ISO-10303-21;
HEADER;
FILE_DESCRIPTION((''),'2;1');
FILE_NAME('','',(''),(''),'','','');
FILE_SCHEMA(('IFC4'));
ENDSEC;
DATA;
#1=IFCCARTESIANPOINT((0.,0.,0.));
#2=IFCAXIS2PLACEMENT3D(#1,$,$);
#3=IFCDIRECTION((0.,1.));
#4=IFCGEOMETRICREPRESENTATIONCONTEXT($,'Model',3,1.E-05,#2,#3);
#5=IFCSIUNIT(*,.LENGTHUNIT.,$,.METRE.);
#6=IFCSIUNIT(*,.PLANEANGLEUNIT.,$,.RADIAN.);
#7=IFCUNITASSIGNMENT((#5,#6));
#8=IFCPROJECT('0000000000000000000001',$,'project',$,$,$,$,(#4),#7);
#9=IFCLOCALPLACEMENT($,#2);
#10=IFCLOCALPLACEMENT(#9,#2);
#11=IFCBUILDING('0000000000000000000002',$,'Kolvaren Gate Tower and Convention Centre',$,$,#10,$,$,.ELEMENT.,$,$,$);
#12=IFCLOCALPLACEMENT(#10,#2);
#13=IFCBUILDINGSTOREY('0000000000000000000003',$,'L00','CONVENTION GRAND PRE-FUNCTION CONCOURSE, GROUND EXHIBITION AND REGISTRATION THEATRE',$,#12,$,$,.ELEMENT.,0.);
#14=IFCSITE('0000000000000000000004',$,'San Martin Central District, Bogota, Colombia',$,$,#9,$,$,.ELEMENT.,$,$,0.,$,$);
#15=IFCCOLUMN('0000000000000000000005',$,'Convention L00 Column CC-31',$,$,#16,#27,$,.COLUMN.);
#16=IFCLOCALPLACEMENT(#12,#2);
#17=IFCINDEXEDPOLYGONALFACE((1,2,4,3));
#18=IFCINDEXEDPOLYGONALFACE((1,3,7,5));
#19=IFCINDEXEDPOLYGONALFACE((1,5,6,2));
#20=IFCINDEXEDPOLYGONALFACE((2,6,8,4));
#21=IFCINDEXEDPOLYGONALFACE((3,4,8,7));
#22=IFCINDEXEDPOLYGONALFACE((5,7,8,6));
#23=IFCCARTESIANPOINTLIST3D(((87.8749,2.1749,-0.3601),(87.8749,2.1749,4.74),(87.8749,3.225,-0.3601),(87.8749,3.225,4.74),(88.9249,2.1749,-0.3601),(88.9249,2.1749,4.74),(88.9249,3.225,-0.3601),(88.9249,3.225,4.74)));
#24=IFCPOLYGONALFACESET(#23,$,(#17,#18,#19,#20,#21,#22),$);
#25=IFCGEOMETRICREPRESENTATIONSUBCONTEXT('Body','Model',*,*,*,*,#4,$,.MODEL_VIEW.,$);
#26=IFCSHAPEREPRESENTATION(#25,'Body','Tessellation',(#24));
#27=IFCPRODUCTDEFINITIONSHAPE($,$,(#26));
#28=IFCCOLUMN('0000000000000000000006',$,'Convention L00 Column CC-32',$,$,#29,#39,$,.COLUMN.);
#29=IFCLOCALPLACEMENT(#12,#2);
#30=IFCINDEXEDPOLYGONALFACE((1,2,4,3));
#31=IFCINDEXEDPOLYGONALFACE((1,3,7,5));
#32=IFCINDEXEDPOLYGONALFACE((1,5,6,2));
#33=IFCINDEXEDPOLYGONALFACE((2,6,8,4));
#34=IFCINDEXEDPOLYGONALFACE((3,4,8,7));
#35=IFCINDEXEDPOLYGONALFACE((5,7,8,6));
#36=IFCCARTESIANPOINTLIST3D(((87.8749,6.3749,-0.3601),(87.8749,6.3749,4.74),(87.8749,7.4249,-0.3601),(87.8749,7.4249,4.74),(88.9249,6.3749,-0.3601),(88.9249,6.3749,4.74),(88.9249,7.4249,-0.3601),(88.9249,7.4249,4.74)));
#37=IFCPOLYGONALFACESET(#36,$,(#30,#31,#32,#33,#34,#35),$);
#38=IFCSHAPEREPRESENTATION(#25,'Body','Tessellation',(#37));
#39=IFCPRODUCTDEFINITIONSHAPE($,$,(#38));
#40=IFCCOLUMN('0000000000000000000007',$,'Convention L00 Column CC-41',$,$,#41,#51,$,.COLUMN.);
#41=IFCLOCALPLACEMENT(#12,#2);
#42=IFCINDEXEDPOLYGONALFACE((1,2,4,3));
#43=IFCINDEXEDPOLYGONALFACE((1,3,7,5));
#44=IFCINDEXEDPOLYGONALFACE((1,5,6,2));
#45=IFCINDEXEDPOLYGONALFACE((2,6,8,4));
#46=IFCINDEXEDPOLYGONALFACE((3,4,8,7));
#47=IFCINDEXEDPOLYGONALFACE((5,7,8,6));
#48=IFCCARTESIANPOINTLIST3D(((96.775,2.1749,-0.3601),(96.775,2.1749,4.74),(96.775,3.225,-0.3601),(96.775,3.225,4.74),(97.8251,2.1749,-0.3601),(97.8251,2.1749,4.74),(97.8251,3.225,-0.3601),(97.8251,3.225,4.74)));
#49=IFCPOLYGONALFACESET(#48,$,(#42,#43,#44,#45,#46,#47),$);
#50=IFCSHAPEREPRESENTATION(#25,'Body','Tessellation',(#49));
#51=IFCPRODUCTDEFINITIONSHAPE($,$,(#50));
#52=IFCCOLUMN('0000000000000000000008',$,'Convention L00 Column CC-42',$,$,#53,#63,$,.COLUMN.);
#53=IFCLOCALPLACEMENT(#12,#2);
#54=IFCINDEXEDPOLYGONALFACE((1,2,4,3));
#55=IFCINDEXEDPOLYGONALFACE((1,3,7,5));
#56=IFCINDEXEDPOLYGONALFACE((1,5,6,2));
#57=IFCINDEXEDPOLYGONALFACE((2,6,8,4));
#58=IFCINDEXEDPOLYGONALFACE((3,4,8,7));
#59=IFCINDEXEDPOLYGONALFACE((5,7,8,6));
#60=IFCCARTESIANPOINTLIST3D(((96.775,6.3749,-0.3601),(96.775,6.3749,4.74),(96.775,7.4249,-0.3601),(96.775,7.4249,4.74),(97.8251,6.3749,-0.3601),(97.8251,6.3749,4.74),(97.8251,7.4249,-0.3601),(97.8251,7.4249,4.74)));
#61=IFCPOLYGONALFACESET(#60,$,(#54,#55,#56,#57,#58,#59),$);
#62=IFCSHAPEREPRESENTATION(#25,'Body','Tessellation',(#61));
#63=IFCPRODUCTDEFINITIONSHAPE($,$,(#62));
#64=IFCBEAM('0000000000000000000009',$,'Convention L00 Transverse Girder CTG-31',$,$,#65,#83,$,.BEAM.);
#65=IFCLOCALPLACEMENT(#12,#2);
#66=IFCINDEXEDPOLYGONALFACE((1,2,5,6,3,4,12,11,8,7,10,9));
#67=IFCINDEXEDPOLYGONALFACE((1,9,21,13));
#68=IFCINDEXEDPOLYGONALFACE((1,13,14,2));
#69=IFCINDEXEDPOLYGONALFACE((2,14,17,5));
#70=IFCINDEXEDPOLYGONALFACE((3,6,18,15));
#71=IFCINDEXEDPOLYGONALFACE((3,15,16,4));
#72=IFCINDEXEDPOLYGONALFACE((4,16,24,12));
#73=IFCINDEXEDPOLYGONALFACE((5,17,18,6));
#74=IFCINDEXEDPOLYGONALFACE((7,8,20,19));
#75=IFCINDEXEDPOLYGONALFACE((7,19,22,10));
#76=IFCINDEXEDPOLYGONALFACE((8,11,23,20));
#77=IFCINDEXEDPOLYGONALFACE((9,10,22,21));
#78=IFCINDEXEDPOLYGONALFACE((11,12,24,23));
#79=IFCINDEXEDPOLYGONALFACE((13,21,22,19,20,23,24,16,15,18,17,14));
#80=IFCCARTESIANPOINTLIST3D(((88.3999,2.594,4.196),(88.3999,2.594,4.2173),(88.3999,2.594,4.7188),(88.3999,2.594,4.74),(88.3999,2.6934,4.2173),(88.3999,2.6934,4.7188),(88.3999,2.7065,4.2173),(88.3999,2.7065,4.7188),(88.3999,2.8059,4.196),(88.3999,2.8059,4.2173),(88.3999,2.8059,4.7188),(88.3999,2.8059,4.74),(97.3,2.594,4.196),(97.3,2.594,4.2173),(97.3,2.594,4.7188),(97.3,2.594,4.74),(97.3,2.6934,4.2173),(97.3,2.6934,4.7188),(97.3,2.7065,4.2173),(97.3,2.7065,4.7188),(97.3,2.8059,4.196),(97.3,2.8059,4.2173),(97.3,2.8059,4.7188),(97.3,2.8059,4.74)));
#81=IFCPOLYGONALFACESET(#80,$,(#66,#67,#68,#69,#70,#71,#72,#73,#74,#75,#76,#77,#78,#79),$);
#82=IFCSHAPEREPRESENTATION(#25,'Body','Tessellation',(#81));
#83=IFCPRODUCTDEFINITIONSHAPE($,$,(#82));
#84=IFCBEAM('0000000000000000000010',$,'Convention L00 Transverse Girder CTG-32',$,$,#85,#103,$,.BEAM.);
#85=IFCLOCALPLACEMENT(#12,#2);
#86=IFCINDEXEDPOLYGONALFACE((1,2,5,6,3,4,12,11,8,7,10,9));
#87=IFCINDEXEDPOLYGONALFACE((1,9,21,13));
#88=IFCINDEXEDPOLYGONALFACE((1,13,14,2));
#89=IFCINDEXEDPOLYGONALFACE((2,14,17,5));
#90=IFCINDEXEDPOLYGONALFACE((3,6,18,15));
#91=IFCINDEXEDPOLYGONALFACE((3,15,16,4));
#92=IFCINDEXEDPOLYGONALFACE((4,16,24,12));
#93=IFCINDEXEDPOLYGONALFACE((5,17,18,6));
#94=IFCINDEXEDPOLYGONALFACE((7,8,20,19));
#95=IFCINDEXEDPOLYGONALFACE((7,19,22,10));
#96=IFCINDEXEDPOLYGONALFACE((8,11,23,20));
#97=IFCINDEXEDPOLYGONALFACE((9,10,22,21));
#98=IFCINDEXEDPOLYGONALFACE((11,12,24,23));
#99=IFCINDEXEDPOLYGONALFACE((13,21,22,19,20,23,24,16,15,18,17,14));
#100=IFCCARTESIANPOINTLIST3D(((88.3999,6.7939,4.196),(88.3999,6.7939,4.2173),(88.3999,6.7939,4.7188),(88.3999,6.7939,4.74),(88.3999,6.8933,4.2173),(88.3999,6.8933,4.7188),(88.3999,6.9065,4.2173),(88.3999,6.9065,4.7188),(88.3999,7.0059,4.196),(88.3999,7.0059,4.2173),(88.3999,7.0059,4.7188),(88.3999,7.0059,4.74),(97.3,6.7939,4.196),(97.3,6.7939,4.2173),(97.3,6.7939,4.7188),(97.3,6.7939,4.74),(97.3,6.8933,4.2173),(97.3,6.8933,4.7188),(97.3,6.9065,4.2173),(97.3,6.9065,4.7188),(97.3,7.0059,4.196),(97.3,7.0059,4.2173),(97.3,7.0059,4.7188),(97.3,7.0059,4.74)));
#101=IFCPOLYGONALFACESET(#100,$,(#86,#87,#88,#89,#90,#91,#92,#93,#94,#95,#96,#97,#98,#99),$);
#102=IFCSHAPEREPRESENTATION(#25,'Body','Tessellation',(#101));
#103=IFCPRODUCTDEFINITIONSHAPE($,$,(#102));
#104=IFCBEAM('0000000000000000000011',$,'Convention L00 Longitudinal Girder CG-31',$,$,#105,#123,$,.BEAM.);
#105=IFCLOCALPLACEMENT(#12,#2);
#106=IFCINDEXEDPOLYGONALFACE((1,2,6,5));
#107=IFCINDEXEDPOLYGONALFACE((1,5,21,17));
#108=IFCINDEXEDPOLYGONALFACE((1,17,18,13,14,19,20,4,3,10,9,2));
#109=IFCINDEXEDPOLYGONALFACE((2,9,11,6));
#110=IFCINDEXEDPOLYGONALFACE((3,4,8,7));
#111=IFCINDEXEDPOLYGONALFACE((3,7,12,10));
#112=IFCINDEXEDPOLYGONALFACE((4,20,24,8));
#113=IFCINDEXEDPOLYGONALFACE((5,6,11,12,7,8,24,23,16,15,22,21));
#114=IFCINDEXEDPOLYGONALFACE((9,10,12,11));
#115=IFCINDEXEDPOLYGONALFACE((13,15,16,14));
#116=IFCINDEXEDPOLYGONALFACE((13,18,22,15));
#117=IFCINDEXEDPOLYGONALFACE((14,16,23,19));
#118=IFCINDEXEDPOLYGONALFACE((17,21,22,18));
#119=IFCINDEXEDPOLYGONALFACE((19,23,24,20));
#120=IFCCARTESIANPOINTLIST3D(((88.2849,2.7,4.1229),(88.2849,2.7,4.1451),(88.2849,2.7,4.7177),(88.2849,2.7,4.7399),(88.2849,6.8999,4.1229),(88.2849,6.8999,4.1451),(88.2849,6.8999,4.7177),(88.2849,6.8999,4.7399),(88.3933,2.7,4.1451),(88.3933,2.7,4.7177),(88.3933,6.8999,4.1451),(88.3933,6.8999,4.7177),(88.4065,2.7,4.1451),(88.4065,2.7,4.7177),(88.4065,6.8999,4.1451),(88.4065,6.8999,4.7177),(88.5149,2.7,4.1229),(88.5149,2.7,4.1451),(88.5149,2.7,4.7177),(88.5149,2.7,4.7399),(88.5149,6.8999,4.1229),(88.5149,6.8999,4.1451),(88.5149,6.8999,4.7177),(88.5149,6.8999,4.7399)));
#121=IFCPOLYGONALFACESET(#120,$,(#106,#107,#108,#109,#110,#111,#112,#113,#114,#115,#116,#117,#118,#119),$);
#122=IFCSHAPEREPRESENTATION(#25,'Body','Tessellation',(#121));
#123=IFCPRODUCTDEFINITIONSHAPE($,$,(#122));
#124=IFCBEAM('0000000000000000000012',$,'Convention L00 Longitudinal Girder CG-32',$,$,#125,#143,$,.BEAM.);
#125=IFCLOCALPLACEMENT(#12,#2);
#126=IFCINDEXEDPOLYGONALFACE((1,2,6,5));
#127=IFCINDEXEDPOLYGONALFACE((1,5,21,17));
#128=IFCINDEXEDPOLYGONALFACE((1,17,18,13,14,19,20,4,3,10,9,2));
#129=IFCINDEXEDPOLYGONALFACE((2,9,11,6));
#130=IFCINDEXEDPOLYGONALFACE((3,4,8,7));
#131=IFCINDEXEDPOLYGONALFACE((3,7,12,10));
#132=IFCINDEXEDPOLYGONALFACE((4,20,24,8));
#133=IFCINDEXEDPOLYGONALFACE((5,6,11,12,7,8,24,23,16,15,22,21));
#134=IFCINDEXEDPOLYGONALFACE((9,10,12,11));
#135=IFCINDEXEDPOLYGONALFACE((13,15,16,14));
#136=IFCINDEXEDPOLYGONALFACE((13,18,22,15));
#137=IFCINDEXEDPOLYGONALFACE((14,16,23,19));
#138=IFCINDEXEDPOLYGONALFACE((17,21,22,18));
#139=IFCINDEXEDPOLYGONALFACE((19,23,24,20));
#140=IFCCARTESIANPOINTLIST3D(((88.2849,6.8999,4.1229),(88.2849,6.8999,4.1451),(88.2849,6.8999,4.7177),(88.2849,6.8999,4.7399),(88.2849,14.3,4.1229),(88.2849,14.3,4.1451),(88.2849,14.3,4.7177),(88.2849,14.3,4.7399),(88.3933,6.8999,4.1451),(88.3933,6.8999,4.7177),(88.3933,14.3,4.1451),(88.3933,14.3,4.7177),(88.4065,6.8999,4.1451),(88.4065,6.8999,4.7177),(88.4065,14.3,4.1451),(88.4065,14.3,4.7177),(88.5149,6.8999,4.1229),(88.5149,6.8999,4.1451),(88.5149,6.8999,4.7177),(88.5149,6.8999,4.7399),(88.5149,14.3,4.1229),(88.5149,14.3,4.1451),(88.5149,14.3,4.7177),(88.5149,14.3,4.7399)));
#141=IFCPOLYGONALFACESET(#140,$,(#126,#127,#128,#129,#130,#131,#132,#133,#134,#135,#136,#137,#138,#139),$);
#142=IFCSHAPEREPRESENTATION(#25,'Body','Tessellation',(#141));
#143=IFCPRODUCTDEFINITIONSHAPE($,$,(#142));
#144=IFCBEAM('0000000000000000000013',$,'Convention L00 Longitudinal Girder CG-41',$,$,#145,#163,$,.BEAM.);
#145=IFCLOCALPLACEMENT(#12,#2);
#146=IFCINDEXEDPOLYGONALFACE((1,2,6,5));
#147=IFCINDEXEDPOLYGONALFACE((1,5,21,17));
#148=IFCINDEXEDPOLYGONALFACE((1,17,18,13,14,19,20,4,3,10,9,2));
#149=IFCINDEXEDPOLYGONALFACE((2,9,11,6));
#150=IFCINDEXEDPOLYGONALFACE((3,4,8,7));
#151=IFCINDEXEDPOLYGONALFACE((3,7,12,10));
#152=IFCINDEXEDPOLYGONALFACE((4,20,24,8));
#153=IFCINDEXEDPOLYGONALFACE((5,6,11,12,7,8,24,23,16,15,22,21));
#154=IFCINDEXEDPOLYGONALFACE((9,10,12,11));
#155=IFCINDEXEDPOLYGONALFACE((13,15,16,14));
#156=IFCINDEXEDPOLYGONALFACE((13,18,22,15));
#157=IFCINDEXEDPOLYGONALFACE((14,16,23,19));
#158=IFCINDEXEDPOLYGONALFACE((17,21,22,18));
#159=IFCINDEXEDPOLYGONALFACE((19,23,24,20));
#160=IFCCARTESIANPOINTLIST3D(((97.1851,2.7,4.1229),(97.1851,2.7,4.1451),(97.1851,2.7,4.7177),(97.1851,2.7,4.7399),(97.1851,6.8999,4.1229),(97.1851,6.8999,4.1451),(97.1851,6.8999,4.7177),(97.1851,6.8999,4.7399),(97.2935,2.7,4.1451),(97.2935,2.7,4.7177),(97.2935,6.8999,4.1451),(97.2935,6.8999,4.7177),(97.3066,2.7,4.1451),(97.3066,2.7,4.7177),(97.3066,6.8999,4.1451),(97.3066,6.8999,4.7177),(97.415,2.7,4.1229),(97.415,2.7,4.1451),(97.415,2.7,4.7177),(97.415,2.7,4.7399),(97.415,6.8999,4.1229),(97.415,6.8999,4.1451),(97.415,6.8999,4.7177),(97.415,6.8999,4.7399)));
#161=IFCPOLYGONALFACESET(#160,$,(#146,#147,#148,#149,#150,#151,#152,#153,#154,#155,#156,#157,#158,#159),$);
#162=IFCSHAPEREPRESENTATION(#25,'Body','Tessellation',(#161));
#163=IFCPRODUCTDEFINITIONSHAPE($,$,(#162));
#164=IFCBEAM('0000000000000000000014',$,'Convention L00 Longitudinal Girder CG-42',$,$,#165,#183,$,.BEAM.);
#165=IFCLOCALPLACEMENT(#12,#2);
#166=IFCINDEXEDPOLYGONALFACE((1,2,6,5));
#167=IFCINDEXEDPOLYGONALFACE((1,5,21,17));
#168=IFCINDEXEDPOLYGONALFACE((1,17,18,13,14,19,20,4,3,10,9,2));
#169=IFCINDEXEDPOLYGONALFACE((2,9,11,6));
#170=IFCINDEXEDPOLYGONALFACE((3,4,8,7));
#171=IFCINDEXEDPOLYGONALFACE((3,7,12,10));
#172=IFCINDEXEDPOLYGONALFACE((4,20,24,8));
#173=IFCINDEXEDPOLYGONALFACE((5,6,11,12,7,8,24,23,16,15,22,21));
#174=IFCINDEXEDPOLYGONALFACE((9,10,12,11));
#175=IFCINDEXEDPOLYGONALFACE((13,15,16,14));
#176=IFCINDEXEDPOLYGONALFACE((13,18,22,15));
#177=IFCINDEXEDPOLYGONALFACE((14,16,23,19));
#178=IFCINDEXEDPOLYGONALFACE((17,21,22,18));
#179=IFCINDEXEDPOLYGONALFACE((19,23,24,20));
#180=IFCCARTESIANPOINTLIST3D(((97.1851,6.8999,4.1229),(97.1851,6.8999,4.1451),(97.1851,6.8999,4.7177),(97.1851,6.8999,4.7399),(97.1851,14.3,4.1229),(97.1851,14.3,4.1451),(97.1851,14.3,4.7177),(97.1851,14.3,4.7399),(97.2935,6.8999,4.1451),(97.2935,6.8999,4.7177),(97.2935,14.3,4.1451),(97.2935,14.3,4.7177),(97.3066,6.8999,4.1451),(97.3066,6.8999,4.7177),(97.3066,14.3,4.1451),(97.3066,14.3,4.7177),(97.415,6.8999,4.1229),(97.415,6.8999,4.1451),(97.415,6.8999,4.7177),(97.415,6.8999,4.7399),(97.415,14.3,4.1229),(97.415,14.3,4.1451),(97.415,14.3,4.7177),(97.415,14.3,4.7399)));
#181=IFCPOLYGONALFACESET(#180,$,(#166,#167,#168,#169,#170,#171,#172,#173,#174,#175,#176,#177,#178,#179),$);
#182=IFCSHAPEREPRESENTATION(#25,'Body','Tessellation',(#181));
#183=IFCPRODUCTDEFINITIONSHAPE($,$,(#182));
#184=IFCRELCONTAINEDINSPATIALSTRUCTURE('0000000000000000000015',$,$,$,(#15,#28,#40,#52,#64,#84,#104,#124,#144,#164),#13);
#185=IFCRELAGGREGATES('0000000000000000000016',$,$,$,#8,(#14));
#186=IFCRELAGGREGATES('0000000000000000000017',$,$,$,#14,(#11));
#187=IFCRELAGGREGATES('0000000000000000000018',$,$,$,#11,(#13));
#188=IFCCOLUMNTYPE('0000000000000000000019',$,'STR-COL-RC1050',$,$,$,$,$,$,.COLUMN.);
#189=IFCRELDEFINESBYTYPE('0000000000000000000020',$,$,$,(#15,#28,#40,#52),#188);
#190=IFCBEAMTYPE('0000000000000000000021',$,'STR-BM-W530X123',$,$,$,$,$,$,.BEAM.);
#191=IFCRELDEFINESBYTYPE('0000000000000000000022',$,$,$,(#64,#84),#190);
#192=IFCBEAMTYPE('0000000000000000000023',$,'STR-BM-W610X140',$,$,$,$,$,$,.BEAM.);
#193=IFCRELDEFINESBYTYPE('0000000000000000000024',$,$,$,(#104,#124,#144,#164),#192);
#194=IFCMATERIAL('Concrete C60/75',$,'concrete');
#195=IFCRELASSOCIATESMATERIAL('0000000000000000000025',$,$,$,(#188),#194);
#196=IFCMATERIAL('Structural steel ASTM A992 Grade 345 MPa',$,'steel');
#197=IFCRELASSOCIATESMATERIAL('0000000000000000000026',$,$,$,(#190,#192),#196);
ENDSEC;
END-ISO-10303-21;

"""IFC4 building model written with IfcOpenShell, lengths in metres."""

from ifc_helpers import new_model, si_unit, direction, frame, origin, origin_2d, place, context, subcontext, project, spatial, rectangle, i_section, extrude, material, material_profile, profile_set, type_object, element, save


model = new_model("IFC4")

# Units and contexts
model_context = context("Model", 3, precision=1e-05, world=origin(), true_north=direction((0.0, 1.0)))
body_context = subcontext(model_context, "Body", "Model", "MODEL_VIEW")
ifc_project = project(units=[si_unit("LENGTHUNIT", "METRE"), si_unit("PLANEANGLEUNIT", "RADIAN")], contexts=[model_context])

# Site, building, storey
site_placement = place(None, origin())
site = spatial("IfcSite", under=ifc_project, at=site_placement, Name="San Martin Central District, Bogota, Colombia", CompositionType="ELEMENT", RefElevation=0.0)
building_placement = place(site_placement, origin())
building = spatial("IfcBuilding", under=site, at=building_placement, Name="Kolvaren Gate Tower and Convention Centre", CompositionType="ELEMENT")
storey_placement = place(building_placement, origin())
storey = spatial("IfcBuildingStorey", under=building, at=storey_placement, Name="L00", Description="CONVENTION GRAND PRE-FUNCTION CONCOURSE, GROUND EXHIBITION AND REGISTRATION THEATRE", CompositionType="ELEMENT", Elevation=0.0)

# Columns
ifc_material_1 = material(Name="Concrete C60/75", Category="concrete")
ifc_material_profile_1 = material_profile(ifc_material_1, rectangle(XDim=1.05, YDim=1.05, at=origin_2d()), Name="RC-COL-1050X1050")
ifc_profile_set_1 = profile_set([ifc_material_profile_1], Name="Concrete C60/75")
column_type = type_object("IfcColumnType", Name="STR-COL-RC1050", PredefinedType="COLUMN", material=ifc_profile_set_1)
for number, where, z_axis, x_axis, name in (
    (1, (88.3999, 2.7, -0.3601), (0.0, 0.0, 1.0), (1.0, 0.0, 0.0), "Convention L00 Column CC-31"),
    (2, (88.3999, 6.8999, -0.3601), (0.0, 0.0, 1.0), (1.0, 0.0, 0.0), "Convention L00 Column CC-32"),
    (3, (97.3, 2.7, -0.3601), (0.0, 0.0, 1.0), (1.0, 0.0, 0.0), "Convention L00 Column CC-41"),
    (4, (97.3, 6.8999, -0.3601), (0.0, 0.0, 1.0), (1.0, 0.0, 0.0), "Convention L00 Column CC-42"),
):
    element("IfcColumn", number, at=place(storey_placement, frame(where, z_axis=z_axis, x_axis=x_axis)), inside=storey, type_object=column_type, Name=name, PredefinedType="COLUMN", context=body_context, shape_type="SweptSolid", body=[
        extrude(rectangle(XDim=1.05, YDim=1.05, at=origin_2d()), origin(), (0.0, 0.0, 1.0), 5.1001),
    ])

# Beams
ifc_material_2 = material(Name="Structural steel ASTM A992 Grade 345 MPa", Category="steel")
ifc_material_profile_2 = material_profile(ifc_material_2, i_section(OverallWidth=0.2119, OverallDepth=0.5439, WebThickness=0.0132, FlangeThickness=0.0212, at=origin_2d()), Name="W530X123")
ifc_profile_set_2 = profile_set([ifc_material_profile_2], Name="Structural steel ASTM A992 Grade 345 MPa")
beam_type_1 = type_object("IfcBeamType", Name="STR-BM-W530X123", PredefinedType="BEAM", material=ifc_profile_set_2)
for number, where, z_axis, x_axis, name in (
    (5, (88.3999, 2.7, 4.468), (1.0, 0.0, 0.0), (0.0, 1.0, 0.0), "Convention L00 Transverse Girder CTG-31"),
    (6, (88.3999, 6.8999, 4.468), (1.0, 0.0, 0.0), (0.0, 1.0, 0.0), "Convention L00 Transverse Girder CTG-32"),
):
    element("IfcBeam", number, at=place(storey_placement, frame(where, z_axis=z_axis, x_axis=x_axis)), inside=storey, type_object=beam_type_1, Name=name, PredefinedType="BEAM", context=body_context, shape_type="SweptSolid", body=[
        extrude(i_section(OverallWidth=0.2119, OverallDepth=0.5439, WebThickness=0.0132, FlangeThickness=0.0212, at=origin_2d()), origin(), (0.0, 0.0, 1.0), 8.9001),
    ])
ifc_material_profile_3 = material_profile(ifc_material_2, i_section(OverallWidth=0.23, OverallDepth=0.6169, WebThickness=0.0132, FlangeThickness=0.0222, at=origin_2d()), Name="W610X140")
ifc_profile_set_3 = profile_set([ifc_material_profile_3], Name="Structural steel ASTM A992 Grade 345 MPa")
beam_type_2 = type_object("IfcBeamType", Name="STR-BM-W610X140", PredefinedType="BEAM", material=ifc_profile_set_3)
beam_1_placement = place(storey_placement, frame((88.3999, 2.7, 4.4314), z_axis=(0.0, 1.0, 0.0), x_axis=(-1.0, 0.0, 0.0)))
element("IfcBeam", 7, at=beam_1_placement, inside=storey, type_object=beam_type_2, Name="Convention L00 Longitudinal Girder CG-31", PredefinedType="BEAM", context=body_context, shape_type="SweptSolid", body=[
    extrude(i_section(OverallWidth=0.23, OverallDepth=0.6169, WebThickness=0.0132, FlangeThickness=0.0222, at=origin_2d()), origin(), (0.0, 0.0, 1.0), 4.2),
])
beam_2_placement = place(storey_placement, frame((88.3999, 6.8999, 4.4314), z_axis=(0.0, 1.0, 0.0), x_axis=(-1.0, 0.0, 0.0)))
element("IfcBeam", 8, at=beam_2_placement, inside=storey, type_object=beam_type_2, Name="Convention L00 Longitudinal Girder CG-32", PredefinedType="BEAM", context=body_context, shape_type="SweptSolid", body=[
    extrude(i_section(OverallWidth=0.23, OverallDepth=0.6169, WebThickness=0.0132, FlangeThickness=0.0222, at=origin_2d()), origin(), (0.0, 0.0, 1.0), 7.4001),
])
beam_3_placement = place(storey_placement, frame((97.3, 2.7, 4.4314), z_axis=(0.0, 1.0, 0.0), x_axis=(-1.0, 0.0, 0.0)))
element("IfcBeam", 9, at=beam_3_placement, inside=storey, type_object=beam_type_2, Name="Convention L00 Longitudinal Girder CG-41", PredefinedType="BEAM", context=body_context, shape_type="SweptSolid", body=[
    extrude(i_section(OverallWidth=0.23, OverallDepth=0.6169, WebThickness=0.0132, FlangeThickness=0.0222, at=origin_2d()), origin(), (0.0, 0.0, 1.0), 4.2),
])
beam_4_placement = place(storey_placement, frame((97.3, 6.8999, 4.4314), z_axis=(0.0, 1.0, 0.0), x_axis=(-1.0, 0.0, 0.0)))
element("IfcBeam", 10, at=beam_4_placement, inside=storey, type_object=beam_type_2, Name="Convention L00 Longitudinal Girder CG-42", PredefinedType="BEAM", context=body_context, shape_type="SweptSolid", body=[
    extrude(i_section(OverallWidth=0.23, OverallDepth=0.6169, WebThickness=0.0132, FlangeThickness=0.0222, at=origin_2d()), origin(), (0.0, 0.0, 1.0), 7.4001),
])

save(model, "model.ifc")
